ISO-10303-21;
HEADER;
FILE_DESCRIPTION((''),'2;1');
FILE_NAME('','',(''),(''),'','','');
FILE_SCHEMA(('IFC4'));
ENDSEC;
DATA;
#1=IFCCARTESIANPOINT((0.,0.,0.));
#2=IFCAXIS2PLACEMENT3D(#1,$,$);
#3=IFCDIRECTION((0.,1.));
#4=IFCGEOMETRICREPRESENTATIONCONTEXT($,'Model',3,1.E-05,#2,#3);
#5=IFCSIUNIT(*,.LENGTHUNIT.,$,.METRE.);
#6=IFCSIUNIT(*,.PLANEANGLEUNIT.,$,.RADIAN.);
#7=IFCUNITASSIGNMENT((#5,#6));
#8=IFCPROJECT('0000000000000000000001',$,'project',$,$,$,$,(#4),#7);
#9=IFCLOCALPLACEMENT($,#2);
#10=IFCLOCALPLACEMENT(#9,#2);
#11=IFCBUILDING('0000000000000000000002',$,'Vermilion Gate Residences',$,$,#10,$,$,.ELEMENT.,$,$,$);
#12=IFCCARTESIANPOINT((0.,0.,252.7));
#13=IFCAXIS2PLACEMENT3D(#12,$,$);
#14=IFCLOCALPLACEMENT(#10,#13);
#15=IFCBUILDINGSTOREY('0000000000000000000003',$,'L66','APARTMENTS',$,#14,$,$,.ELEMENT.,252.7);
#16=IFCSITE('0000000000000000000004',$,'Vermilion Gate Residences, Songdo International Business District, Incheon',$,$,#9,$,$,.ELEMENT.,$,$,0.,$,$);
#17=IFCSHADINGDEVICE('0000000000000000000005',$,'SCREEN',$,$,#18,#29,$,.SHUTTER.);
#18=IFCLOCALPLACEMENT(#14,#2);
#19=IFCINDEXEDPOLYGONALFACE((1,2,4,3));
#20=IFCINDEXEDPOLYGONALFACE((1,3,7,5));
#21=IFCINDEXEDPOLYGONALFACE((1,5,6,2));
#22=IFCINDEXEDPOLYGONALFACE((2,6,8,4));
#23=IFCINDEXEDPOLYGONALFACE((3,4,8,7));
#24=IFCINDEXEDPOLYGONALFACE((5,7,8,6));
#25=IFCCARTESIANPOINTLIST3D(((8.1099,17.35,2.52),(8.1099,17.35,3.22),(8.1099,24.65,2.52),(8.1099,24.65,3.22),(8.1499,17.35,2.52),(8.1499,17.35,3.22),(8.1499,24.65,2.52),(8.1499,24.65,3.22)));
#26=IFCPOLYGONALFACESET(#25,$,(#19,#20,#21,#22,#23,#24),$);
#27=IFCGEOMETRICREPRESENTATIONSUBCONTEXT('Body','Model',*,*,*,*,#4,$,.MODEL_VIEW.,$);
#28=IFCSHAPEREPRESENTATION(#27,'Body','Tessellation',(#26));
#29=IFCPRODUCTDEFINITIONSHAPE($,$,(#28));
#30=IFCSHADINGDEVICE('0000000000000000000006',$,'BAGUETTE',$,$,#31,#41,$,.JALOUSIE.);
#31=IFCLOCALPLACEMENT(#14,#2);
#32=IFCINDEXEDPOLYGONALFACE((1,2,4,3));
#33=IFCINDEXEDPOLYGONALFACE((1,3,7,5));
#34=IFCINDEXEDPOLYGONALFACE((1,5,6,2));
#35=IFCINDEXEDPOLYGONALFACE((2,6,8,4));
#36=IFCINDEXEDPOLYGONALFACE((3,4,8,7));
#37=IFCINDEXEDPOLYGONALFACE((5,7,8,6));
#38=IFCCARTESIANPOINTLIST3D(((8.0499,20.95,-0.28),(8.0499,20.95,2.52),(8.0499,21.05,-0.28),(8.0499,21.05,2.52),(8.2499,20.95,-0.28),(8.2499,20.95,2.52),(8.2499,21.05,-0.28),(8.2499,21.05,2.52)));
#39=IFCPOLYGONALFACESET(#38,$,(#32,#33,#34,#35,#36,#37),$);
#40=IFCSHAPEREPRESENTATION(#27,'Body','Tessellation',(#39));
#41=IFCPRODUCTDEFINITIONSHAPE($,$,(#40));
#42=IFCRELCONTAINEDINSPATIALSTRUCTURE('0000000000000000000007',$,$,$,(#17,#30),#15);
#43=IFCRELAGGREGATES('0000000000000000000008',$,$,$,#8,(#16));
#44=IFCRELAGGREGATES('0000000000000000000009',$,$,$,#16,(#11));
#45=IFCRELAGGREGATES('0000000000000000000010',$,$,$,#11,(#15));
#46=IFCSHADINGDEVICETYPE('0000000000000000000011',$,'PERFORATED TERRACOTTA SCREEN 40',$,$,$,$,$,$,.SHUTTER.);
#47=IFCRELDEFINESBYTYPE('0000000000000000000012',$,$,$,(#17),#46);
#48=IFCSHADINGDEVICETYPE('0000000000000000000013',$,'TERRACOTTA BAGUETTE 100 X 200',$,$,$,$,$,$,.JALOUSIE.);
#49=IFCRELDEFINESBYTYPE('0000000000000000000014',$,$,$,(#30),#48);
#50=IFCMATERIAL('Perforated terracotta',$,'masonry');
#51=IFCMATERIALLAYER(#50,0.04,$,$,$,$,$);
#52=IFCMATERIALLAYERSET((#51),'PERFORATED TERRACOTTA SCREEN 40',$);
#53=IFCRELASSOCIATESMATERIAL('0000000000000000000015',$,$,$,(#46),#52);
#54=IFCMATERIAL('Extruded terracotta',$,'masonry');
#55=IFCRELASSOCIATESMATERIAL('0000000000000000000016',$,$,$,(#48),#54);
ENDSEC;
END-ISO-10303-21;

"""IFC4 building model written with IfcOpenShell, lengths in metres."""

from ifc_helpers import new_model, si_unit, direction, frame, origin, origin_2d, place, context, subcontext, project, spatial, rectangle, extrude, material, layer, layer_set, material_profile, profile_set, type_object, element, save


model = new_model("IFC4")

# Units and contexts
model_context = context("Model", 3, precision=1e-05, world=origin(), true_north=direction((0.0, 1.0)))
body_context = subcontext(model_context, "Body", "Model", "MODEL_VIEW")
ifc_project = project(units=[si_unit("LENGTHUNIT", "METRE"), si_unit("PLANEANGLEUNIT", "RADIAN")], contexts=[model_context])

# Site, building, storey
site_placement = place(None, origin())
site = spatial("IfcSite", under=ifc_project, at=site_placement, Name="Vermilion Gate Residences, Songdo International Business District, Incheon", CompositionType="ELEMENT", RefElevation=0.0)
building_placement = place(site_placement, origin())
building = spatial("IfcBuilding", under=site, at=building_placement, Name="Vermilion Gate Residences", CompositionType="ELEMENT")
storey_placement = place(building_placement, frame((0.0, 0.0, 252.7)))
storey = spatial("IfcBuildingStorey", under=building, at=storey_placement, Name="L66", Description="APARTMENTS", CompositionType="ELEMENT", Elevation=252.7)

# Shading devices
ifc_material_1 = material(Name="Perforated terracotta", Category="masonry")
ifc_layer_1 = layer(ifc_material_1, 0.04)
ifc_layer_set_1 = layer_set([ifc_layer_1], Name="PERFORATED TERRACOTTA SCREEN 40")
shading_device_type_1 = type_object("IfcShadingDeviceType", Name="PERFORATED TERRACOTTA SCREEN 40", PredefinedType="SHUTTER", material=ifc_layer_set_1)
shading_device_1_placement = place(storey_placement, frame((8.1299, 21.0, 2.52), z_axis=(0.0, 0.0, 1.0), x_axis=(0.0, -1.0, 0.0)))
element("IfcShadingDevice", 1, at=shading_device_1_placement, inside=storey, type_object=shading_device_type_1, Name="SCREEN", PredefinedType="SHUTTER", context=body_context, shape_type="SweptSolid", body=[
    extrude(rectangle(XDim=7.3, YDim=0.04, at=origin_2d()), origin(), (0.0, 0.0, 1.0), 0.7),
])
ifc_material_2 = material(Name="Extruded terracotta", Category="masonry")
ifc_material_profile_1 = material_profile(ifc_material_2, rectangle(XDim=0.2, YDim=0.1001, at=origin_2d()), Name="BAGUETTE 100 X 200")
ifc_profile_set_1 = profile_set([ifc_material_profile_1], Name="Extruded terracotta")
shading_device_type_2 = type_object("IfcShadingDeviceType", Name="TERRACOTTA BAGUETTE 100 X 200", PredefinedType="JALOUSIE", material=ifc_profile_set_1)
shading_device_2_placement = place(storey_placement, frame((8.1499, 21.0, -0.28), z_axis=(0.0, 0.0, 1.0), x_axis=(1.0, 0.0, 0.0)))
element("IfcShadingDevice", 2, at=shading_device_2_placement, inside=storey, type_object=shading_device_type_2, Name="BAGUETTE", PredefinedType="JALOUSIE", context=body_context, shape_type="SweptSolid", body=[
    extrude(rectangle(XDim=0.2, YDim=0.1001, at=origin_2d()), origin(), (0.0, 0.0, 1.0), 2.8),
])

save(model, "model.ifc")
